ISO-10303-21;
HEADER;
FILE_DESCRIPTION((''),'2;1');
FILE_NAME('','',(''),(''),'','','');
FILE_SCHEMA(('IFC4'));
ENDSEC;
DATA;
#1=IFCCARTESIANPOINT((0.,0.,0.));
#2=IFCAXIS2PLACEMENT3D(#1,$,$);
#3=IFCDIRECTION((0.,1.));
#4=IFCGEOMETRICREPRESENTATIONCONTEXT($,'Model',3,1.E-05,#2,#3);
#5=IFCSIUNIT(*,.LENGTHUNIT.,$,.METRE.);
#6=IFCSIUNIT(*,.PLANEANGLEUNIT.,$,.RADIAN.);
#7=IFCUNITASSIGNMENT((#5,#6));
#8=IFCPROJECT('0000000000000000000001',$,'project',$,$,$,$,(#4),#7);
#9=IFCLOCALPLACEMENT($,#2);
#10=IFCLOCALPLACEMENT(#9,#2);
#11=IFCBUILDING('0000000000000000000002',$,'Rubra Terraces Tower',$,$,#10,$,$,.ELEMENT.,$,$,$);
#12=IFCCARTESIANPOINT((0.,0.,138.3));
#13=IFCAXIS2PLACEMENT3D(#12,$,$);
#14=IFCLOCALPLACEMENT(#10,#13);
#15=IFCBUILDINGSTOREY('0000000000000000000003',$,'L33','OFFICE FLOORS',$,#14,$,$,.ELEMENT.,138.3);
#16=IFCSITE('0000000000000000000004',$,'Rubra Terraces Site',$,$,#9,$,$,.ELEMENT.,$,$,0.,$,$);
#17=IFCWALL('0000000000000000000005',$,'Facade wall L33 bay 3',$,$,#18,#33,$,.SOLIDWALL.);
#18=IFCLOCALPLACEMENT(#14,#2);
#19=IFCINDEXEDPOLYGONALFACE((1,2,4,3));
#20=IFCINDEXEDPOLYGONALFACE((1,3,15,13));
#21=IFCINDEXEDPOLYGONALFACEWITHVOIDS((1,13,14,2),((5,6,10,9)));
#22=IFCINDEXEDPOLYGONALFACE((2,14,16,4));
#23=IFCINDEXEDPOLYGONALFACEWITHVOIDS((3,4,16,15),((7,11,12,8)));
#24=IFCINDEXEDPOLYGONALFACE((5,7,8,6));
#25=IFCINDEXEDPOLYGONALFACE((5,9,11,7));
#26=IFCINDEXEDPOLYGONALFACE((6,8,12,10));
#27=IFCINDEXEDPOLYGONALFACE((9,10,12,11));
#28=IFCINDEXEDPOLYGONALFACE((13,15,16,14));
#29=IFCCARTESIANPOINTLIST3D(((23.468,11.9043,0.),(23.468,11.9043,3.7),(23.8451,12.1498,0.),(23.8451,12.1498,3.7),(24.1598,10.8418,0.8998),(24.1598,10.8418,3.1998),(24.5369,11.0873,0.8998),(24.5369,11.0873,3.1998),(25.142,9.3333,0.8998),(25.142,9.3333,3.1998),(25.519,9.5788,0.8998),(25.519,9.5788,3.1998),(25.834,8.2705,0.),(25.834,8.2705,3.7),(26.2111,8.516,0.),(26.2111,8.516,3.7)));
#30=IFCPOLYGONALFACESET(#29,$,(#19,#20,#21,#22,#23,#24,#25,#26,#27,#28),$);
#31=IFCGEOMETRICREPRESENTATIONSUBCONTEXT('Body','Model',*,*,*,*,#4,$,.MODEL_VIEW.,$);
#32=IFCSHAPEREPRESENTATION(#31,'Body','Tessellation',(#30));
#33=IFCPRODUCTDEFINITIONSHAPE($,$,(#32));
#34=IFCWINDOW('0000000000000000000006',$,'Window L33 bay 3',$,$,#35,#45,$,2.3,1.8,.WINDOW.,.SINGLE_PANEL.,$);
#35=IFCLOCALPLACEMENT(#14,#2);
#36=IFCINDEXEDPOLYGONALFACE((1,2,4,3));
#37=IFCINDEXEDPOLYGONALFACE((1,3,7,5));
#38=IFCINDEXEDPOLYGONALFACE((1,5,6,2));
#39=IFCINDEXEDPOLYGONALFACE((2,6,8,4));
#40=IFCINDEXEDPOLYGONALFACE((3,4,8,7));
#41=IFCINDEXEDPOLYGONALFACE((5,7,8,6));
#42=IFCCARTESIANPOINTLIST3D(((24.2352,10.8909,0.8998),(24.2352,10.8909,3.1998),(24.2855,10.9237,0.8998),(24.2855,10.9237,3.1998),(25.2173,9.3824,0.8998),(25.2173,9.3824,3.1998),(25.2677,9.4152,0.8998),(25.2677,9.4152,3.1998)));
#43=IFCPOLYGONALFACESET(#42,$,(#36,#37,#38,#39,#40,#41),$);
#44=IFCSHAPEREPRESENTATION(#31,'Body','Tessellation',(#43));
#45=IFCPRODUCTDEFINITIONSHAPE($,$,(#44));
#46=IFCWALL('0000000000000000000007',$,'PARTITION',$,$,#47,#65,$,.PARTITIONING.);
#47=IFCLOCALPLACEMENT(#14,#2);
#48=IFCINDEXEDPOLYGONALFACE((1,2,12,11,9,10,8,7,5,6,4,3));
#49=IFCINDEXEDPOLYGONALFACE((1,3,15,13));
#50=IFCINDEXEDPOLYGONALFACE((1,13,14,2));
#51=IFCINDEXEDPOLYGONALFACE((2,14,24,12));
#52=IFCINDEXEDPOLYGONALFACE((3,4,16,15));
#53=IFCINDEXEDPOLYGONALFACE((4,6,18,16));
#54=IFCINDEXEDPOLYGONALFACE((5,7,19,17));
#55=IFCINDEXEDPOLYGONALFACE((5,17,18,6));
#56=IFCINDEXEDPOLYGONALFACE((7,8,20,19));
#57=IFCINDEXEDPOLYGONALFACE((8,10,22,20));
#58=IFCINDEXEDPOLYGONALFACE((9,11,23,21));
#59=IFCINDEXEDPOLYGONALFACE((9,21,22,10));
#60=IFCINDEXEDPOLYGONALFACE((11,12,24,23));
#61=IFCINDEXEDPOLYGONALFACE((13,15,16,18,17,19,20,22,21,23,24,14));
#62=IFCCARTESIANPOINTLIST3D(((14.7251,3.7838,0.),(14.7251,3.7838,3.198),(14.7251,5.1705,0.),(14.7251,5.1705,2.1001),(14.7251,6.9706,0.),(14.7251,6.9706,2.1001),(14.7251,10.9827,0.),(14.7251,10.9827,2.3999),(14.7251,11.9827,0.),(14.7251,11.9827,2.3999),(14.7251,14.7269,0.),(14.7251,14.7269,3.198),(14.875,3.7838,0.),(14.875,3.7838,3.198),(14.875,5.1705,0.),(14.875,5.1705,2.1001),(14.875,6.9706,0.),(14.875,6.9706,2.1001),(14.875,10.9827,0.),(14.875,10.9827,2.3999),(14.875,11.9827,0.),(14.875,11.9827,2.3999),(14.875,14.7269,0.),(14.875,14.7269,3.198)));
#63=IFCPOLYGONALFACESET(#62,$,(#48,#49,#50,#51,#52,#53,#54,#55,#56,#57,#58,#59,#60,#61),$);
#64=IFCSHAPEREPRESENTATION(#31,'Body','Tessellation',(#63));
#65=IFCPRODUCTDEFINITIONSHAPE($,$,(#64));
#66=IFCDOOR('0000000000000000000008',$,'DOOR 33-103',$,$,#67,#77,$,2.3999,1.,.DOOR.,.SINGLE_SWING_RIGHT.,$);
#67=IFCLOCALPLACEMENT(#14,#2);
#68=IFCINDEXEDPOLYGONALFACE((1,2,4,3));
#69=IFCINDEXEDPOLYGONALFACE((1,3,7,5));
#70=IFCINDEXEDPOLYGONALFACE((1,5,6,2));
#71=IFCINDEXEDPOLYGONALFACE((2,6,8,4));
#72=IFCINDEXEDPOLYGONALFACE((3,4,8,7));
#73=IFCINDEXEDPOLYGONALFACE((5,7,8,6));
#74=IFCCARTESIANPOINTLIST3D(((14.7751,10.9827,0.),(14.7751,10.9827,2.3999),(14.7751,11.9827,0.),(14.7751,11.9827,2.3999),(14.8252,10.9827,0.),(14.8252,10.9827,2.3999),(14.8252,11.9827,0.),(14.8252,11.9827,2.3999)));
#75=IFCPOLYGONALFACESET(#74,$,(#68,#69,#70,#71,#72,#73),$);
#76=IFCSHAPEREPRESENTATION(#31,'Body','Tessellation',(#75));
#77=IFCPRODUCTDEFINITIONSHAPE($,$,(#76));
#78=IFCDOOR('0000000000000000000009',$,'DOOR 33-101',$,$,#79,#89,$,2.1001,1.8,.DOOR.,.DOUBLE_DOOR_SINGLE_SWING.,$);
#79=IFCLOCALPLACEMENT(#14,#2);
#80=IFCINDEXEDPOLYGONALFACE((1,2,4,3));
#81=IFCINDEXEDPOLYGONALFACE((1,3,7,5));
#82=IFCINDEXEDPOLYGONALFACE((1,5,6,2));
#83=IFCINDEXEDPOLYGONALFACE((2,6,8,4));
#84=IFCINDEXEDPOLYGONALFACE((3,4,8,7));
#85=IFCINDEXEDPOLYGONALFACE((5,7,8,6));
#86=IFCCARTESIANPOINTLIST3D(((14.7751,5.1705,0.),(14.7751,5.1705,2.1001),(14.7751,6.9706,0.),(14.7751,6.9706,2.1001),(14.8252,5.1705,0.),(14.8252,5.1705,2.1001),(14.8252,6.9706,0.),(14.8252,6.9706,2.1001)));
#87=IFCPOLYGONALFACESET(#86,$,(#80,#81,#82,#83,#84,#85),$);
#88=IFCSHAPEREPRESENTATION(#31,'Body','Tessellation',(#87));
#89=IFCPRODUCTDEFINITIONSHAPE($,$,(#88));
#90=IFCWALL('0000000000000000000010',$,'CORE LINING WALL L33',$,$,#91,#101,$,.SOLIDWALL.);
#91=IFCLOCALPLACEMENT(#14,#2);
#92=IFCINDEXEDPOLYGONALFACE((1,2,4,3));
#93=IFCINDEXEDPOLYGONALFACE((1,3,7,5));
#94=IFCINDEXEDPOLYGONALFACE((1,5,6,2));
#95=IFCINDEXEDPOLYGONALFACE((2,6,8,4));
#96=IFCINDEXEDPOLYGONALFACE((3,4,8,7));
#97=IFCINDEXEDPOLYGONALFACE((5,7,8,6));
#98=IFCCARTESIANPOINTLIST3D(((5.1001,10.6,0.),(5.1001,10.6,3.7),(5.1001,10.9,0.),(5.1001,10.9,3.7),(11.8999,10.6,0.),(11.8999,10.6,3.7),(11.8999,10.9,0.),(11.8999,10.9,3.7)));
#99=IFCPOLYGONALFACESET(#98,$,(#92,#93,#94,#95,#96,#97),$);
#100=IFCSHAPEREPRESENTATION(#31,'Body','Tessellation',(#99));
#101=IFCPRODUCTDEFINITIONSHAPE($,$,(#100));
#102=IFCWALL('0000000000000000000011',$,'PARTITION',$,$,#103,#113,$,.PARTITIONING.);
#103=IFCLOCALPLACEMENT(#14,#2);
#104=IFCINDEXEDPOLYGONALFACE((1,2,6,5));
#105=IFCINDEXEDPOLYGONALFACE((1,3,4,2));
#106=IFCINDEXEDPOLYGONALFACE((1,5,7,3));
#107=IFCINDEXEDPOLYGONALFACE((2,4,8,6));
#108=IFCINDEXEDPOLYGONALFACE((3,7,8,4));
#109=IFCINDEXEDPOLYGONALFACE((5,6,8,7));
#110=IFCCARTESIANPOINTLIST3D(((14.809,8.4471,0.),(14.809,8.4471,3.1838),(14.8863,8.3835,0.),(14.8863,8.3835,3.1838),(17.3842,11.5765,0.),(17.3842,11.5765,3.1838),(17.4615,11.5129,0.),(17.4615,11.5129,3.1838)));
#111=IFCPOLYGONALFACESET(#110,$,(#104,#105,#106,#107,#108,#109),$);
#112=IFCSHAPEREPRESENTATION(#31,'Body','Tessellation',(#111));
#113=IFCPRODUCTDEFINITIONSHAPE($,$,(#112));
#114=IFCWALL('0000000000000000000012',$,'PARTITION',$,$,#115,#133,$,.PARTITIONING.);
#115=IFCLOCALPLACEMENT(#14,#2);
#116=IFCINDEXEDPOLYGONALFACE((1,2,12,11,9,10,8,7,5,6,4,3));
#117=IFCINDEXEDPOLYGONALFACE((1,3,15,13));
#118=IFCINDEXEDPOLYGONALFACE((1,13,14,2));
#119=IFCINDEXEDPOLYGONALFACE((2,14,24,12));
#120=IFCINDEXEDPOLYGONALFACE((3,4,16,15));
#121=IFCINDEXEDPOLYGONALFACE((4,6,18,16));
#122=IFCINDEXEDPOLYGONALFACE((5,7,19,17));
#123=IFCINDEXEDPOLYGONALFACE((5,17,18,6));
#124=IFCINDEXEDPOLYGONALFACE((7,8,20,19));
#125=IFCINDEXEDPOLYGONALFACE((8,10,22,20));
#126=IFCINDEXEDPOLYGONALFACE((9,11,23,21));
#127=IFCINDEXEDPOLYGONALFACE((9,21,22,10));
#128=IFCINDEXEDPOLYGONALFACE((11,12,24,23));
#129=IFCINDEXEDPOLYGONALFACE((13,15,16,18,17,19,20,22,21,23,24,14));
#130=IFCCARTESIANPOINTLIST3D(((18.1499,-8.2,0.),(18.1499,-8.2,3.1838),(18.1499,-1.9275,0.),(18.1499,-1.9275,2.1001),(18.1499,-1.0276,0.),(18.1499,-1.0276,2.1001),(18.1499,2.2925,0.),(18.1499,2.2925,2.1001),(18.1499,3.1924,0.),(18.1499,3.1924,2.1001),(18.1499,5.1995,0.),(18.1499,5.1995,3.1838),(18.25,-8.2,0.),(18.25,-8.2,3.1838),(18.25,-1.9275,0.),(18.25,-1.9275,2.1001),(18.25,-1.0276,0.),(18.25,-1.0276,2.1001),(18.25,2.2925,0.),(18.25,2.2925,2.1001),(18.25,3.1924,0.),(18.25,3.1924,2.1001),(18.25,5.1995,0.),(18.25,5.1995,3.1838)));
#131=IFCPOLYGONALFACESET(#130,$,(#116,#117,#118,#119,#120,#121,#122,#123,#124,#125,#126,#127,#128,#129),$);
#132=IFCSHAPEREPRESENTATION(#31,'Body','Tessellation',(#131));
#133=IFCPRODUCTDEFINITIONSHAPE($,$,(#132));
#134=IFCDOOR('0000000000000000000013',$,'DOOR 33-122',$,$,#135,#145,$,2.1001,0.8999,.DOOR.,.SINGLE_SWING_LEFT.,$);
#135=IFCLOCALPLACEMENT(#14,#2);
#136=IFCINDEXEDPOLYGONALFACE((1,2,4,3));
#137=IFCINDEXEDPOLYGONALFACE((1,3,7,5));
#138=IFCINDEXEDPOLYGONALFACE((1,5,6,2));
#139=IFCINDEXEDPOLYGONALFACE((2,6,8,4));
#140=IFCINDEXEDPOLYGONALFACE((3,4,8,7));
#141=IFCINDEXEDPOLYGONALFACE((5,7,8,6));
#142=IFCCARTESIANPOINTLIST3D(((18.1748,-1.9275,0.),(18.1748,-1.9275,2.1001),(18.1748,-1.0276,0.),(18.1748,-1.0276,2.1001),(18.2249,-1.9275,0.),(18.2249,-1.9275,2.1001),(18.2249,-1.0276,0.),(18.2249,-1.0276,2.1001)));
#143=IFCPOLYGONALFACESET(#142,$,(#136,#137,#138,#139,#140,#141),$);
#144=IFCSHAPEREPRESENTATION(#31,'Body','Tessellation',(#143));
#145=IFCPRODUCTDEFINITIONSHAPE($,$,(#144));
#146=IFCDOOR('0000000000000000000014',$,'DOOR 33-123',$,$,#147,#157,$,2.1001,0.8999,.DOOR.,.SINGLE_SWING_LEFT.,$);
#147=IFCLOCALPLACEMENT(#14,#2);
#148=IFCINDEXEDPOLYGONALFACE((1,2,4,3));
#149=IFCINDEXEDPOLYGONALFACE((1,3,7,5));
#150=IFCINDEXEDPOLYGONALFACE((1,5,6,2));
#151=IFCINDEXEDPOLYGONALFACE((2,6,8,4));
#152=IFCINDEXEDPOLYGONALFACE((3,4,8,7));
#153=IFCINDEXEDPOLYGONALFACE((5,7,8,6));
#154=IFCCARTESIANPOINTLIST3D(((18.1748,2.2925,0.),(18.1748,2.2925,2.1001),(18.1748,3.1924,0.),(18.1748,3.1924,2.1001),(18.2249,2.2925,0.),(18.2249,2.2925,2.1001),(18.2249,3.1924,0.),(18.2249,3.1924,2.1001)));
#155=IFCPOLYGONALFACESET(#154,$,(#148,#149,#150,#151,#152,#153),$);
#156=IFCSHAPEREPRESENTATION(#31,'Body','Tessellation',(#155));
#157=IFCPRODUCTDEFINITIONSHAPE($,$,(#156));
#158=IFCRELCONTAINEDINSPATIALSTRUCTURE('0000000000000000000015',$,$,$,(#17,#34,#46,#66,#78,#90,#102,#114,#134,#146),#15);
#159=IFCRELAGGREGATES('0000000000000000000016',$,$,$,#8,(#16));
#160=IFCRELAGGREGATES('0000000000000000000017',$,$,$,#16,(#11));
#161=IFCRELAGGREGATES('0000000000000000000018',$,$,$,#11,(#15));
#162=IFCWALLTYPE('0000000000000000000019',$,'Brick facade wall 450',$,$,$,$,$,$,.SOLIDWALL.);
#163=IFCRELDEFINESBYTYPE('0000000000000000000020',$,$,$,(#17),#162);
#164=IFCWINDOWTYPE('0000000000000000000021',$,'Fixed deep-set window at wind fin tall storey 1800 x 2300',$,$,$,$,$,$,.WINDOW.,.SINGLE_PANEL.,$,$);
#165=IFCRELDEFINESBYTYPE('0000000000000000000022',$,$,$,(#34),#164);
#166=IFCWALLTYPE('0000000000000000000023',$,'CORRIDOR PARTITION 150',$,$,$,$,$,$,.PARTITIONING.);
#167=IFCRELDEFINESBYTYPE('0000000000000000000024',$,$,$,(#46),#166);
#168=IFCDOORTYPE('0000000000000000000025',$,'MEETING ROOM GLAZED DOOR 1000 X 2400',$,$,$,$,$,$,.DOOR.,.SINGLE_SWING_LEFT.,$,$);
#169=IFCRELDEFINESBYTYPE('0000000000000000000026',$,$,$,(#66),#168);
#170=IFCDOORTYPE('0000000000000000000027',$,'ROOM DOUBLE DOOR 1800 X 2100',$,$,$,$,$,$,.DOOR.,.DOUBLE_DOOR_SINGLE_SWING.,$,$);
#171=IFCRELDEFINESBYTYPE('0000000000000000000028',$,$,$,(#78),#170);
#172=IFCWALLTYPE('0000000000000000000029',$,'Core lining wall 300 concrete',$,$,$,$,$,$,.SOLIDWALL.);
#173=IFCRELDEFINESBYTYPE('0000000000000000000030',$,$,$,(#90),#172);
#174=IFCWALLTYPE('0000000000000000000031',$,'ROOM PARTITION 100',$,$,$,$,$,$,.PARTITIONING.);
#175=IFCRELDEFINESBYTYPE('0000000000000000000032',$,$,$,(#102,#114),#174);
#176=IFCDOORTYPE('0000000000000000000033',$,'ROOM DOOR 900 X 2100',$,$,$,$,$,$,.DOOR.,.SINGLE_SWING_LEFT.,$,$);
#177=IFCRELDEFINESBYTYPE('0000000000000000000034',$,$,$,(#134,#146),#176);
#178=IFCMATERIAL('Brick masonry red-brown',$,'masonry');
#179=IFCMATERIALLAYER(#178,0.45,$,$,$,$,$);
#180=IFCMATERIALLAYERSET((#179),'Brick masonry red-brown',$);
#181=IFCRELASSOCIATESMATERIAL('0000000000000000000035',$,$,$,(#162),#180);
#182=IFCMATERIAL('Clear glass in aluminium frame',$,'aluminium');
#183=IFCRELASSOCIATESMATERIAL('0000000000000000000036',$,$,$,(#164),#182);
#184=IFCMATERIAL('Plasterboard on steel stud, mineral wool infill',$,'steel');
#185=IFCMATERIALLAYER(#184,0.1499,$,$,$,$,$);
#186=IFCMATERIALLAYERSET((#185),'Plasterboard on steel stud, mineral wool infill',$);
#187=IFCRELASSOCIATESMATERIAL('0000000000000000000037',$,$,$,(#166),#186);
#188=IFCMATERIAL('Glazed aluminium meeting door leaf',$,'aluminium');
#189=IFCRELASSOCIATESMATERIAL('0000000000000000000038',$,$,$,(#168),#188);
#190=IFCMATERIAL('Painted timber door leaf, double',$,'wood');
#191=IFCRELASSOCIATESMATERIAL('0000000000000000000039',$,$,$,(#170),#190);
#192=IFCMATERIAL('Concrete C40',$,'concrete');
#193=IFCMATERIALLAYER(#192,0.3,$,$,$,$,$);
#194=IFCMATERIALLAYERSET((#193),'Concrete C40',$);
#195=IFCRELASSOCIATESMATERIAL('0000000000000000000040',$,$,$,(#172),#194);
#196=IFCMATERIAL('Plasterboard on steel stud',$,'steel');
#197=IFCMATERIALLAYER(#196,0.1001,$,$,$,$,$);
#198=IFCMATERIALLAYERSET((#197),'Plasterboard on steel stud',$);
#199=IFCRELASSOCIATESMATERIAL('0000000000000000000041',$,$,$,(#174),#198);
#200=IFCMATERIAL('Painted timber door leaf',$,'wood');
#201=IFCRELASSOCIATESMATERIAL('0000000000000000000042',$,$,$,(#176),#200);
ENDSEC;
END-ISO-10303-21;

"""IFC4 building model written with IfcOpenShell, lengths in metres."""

from ifc_helpers import new_model, si_unit, direction, frame, frame_2d, origin, place, context, subcontext, project, spatial, rectangle, extrude, material, layer, layer_set, type_object, element, fill, save


model = new_model("IFC4")

# Units and contexts
model_context = context("Model", 3, precision=1e-05, world=origin(), true_north=direction((0.0, 1.0)))
body_context = subcontext(model_context, "Body", "Model", "MODEL_VIEW")
ifc_project = project(units=[si_unit("LENGTHUNIT", "METRE"), si_unit("PLANEANGLEUNIT", "RADIAN")], contexts=[model_context])

# Site, building, storey
site_placement = place(None, origin())
site = spatial("IfcSite", under=ifc_project, at=site_placement, Name="Rubra Terraces Site", CompositionType="ELEMENT", RefElevation=0.0)
building_placement = place(site_placement, origin())
building = spatial("IfcBuilding", under=site, at=building_placement, Name="Rubra Terraces Tower", CompositionType="ELEMENT")
storey_placement = place(building_placement, frame((0.0, 0.0, 138.3)))
storey = spatial("IfcBuildingStorey", under=building, at=storey_placement, Name="L33", Description="OFFICE FLOORS", CompositionType="ELEMENT", Elevation=138.3)

# Wall, opening, window
ifc_material_1 = material(Name="Brick masonry red-brown", Category="masonry")
ifc_layer_1 = layer(ifc_material_1, 0.45)
ifc_layer_set_1 = layer_set([ifc_layer_1], Name="Brick masonry red-brown")
wall_type_1 = type_object("IfcWallType", Name="Brick facade wall 450", PredefinedType="SOLIDWALL", material=ifc_layer_set_1)
ifc_material_2 = material(Name="Clear glass in aluminium frame", Category="aluminium")
wall_1_placement = place(storey_placement, frame((26.0225, 8.3933, 0.0), z_axis=(0.0, 0.0, 1.0), x_axis=(-0.545637, 0.838021, 0.0)))
wall_1 = element("IfcWall", 1, at=wall_1_placement, inside=storey, type_object=wall_type_1, Name="Facade wall L33 bay 3", PredefinedType="SOLIDWALL", context=body_context, shape_type="SweptSolid", body=[
    extrude(rectangle(XDim=4.3362, YDim=0.45, at=frame_2d((2.168, 0.0))), origin(), (0.0, 0.0, 1.0), 3.7),
])
opening_1_placement = place(wall_1_placement, frame((1.2683, 0.0, 0.8999)))
opening_1 = element("IfcOpeningElement", 2, at=opening_1_placement, cuts=wall_1, PredefinedType="OPENING", context=body_context, shape_type="SweptSolid", body=[
    extrude(rectangle(XDim=1.8, YDim=2.3, at=frame_2d((0.8999, 1.1499))), frame((0.0, 0.2349, 0.0), z_axis=(0.0, -1.0, 0.0), x_axis=(1.0, 0.0, 0.0)), (0.0, 0.0, 1.0), 0.47),
])
window_type_1 = type_object("IfcWindowType", Name="Fixed deep-set window at wind fin tall storey 1800 x 2300", PartitioningType="SINGLE_PANEL", PredefinedType="WINDOW", material=ifc_material_2)
window_1_placement = place(opening_1_placement, origin())
window_1 = element("IfcWindow", 3, at=window_1_placement, inside=storey, type_object=window_type_1, Name="Window L33 bay 3", OverallHeight=2.3, OverallWidth=1.8, PartitioningType="SINGLE_PANEL", PredefinedType="WINDOW", context=body_context, shape_type="SweptSolid", body=[
    extrude(rectangle(XDim=1.8, YDim=2.3, at=frame_2d((0.8999, 1.1499))), frame((0.0, 0.135, 0.0), z_axis=(0.0, -1.0, 0.0), x_axis=(1.0, 0.0, 0.0)), (0.0, 0.0, 1.0), 0.0601),
])
fill(opening_1, window_1)

# Wall, openings, doors
ifc_material_3 = material(Name="Plasterboard on steel stud, mineral wool infill", Category="steel")
ifc_layer_2 = layer(ifc_material_3, 0.1499)
ifc_layer_set_2 = layer_set([ifc_layer_2], Name="Plasterboard on steel stud, mineral wool infill")
wall_type_2 = type_object("IfcWallType", Name="CORRIDOR PARTITION 150", PredefinedType="PARTITIONING", material=ifc_layer_set_2)
wall_2_placement = place(storey_placement, frame((14.8, 3.7837, 0.0), z_axis=(0.0, 0.0, 1.0), x_axis=(0.0, 1.0, 0.0)))
wall_2 = element("IfcWall", 4, at=wall_2_placement, inside=storey, type_object=wall_type_2, Name="PARTITION", PredefinedType="PARTITIONING", context=body_context, shape_type="SweptSolid", body=[
    extrude(rectangle(XDim=10.9431, YDim=0.1499, at=frame_2d((5.4717, 0.0))), origin(), (0.0, 0.0, 1.0), 3.198),
])
opening_2_placement = place(wall_2_placement, frame((1.387, 0.0, 0.0)))
opening_2 = element("IfcOpeningElement", 5, at=opening_2_placement, cuts=wall_2, PredefinedType="OPENING", context=body_context, shape_type="SweptSolid", body=[
    extrude(rectangle(XDim=1.8, YDim=2.1001, at=frame_2d((0.8999, 1.05))), frame((0.0, 0.085, 0.0), z_axis=(0.0, -1.0, 0.0), x_axis=(1.0, 0.0, 0.0)), (0.0, 0.0, 1.0), 0.1699),
])
opening_3_placement = place(wall_2_placement, frame((7.199, 0.0, 0.0)))
opening_3 = element("IfcOpeningElement", 6, at=opening_3_placement, cuts=wall_2, PredefinedType="OPENING", context=body_context, shape_type="SweptSolid", body=[
    extrude(rectangle(XDim=1.0, YDim=2.3999, at=frame_2d((0.5, 1.2))), frame((0.0, 0.085, 0.0), z_axis=(0.0, -1.0, 0.0), x_axis=(1.0, 0.0, 0.0)), (0.0, 0.0, 1.0), 0.1699),
])
ifc_material_4 = material(Name="Glazed aluminium meeting door leaf", Category="aluminium")
door_type_1 = type_object("IfcDoorType", Name="MEETING ROOM GLAZED DOOR 1000 X 2400", OperationType="SINGLE_SWING_LEFT", PredefinedType="DOOR", material=ifc_material_4)
door_1_placement = place(opening_3_placement, origin())
door_1 = element("IfcDoor", 7, at=door_1_placement, inside=storey, type_object=door_type_1, Name="DOOR 33-103", OperationType="SINGLE_SWING_RIGHT", OverallHeight=2.3999, OverallWidth=1.0, PredefinedType="DOOR", context=body_context, shape_type="SweptSolid", body=[
    extrude(rectangle(XDim=1.0, YDim=2.3999, at=frame_2d((0.5, 1.2))), frame((0.0, 0.0249, 0.0), z_axis=(0.0, -1.0, 0.0), x_axis=(1.0, 0.0, 0.0)), (0.0, 0.0, 1.0), 0.05),
])
fill(opening_3, door_1)
ifc_material_5 = material(Name="Painted timber door leaf, double", Category="wood")
door_type_2 = type_object("IfcDoorType", Name="ROOM DOUBLE DOOR 1800 X 2100", OperationType="DOUBLE_DOOR_SINGLE_SWING", PredefinedType="DOOR", material=ifc_material_5)
door_2_placement = place(opening_2_placement, origin())
door_2 = element("IfcDoor", 8, at=door_2_placement, inside=storey, type_object=door_type_2, Name="DOOR 33-101", OperationType="DOUBLE_DOOR_SINGLE_SWING", OverallHeight=2.1001, OverallWidth=1.8, PredefinedType="DOOR", context=body_context, shape_type="SweptSolid", body=[
    extrude(rectangle(XDim=1.8, YDim=2.1001, at=frame_2d((0.8999, 1.05))), frame((0.0, 0.0249, 0.0), z_axis=(0.0, -1.0, 0.0), x_axis=(1.0, 0.0, 0.0)), (0.0, 0.0, 1.0), 0.05),
])
fill(opening_2, door_2)

# Walls
ifc_material_6 = material(Name="Concrete C40", Category="concrete")
ifc_layer_3 = layer(ifc_material_6, 0.3)
ifc_layer_set_3 = layer_set([ifc_layer_3], Name="Concrete C40")
wall_type_3 = type_object("IfcWallType", Name="Core lining wall 300 concrete", PredefinedType="SOLIDWALL", material=ifc_layer_set_3)
wall_3_placement = place(storey_placement, frame((11.8999, 10.75, 0.0), z_axis=(0.0, 0.0, 1.0), x_axis=(-1.0, 0.0, 0.0)))
element("IfcWall", 9, at=wall_3_placement, inside=storey, type_object=wall_type_3, Name="CORE LINING WALL L33", PredefinedType="SOLIDWALL", context=body_context, shape_type="SweptSolid", body=[
    extrude(rectangle(XDim=6.7998, YDim=0.3, at=frame_2d((3.3999, 0.0))), origin(), (0.0, 0.0, 1.0), 3.7),
])
ifc_material_7 = material(Name="Plasterboard on steel stud", Category="steel")
ifc_layer_4 = layer(ifc_material_7, 0.1001)
ifc_layer_set_4 = layer_set([ifc_layer_4], Name="Plasterboard on steel stud")
wall_type_4 = type_object("IfcWallType", Name="ROOM PARTITION 100", PredefinedType="PARTITIONING", material=ifc_layer_set_4)
wall_4_placement = place(storey_placement, frame((14.8477, 8.4153, 0.0), z_axis=(0.0, 0.0, 1.0), x_axis=(0.63542, 0.772167, 0.0)))
element("IfcWall", 10, at=wall_4_placement, inside=storey, type_object=wall_type_4, Name="PARTITION", PredefinedType="PARTITIONING", context=body_context, shape_type="SweptSolid", body=[
    extrude(rectangle(XDim=4.0527, YDim=0.1001, at=frame_2d((2.0264, 0.0))), origin(), (0.0, 0.0, 1.0), 3.1838),
])

# Wall, openings, doors
wall_5_placement = place(storey_placement, frame((18.2, 5.1995, 0.0), z_axis=(0.0, 0.0, 1.0), x_axis=(0.0, -1.0, 0.0)))
wall_5 = element("IfcWall", 11, at=wall_5_placement, inside=storey, type_object=wall_type_4, Name="PARTITION", PredefinedType="PARTITIONING", context=body_context, shape_type="SweptSolid", body=[
    extrude(rectangle(XDim=13.3994, YDim=0.1001, at=frame_2d((6.6997, 0.0))), origin(), (0.0, 0.0, 1.0), 3.1838),
])
opening_4_placement = place(wall_5_placement, frame((6.2271, 0.0, 0.0)))
opening_4 = element("IfcOpeningElement", 12, at=opening_4_placement, cuts=wall_5, PredefinedType="OPENING", context=body_context, shape_type="SweptSolid", body=[
    extrude(rectangle(XDim=0.8999, YDim=2.1001, at=frame_2d((0.45, 1.05))), frame((0.0, 0.0601, 0.0), z_axis=(0.0, -1.0, 0.0), x_axis=(1.0, 0.0, 0.0)), (0.0, 0.0, 1.0), 0.1201),
])
opening_5_placement = place(wall_5_placement, frame((2.0071, 0.0, 0.0)))
opening_5 = element("IfcOpeningElement", 13, at=opening_5_placement, cuts=wall_5, PredefinedType="OPENING", context=body_context, shape_type="SweptSolid", body=[
    extrude(rectangle(XDim=0.8999, YDim=2.1001, at=frame_2d((0.45, 1.05))), frame((0.0, 0.0601, 0.0), z_axis=(0.0, -1.0, 0.0), x_axis=(1.0, 0.0, 0.0)), (0.0, 0.0, 1.0), 0.1201),
])
ifc_material_8 = material(Name="Painted timber door leaf", Category="wood")
door_type_3 = type_object("IfcDoorType", Name="ROOM DOOR 900 X 2100", OperationType="SINGLE_SWING_LEFT", PredefinedType="DOOR", material=ifc_material_8)
door_3_placement = place(opening_4_placement, origin())
door_3 = element("IfcDoor", 14, at=door_3_placement, inside=storey, type_object=door_type_3, Name="DOOR 33-122", OperationType="SINGLE_SWING_LEFT", OverallHeight=2.1001, OverallWidth=0.8999, PredefinedType="DOOR", context=body_context, shape_type="SweptSolid", body=[
    extrude(rectangle(XDim=0.8999, YDim=2.1001, at=frame_2d((0.45, 1.05))), frame((0.0, 0.0249, 0.0), z_axis=(0.0, -1.0, 0.0), x_axis=(1.0, 0.0, 0.0)), (0.0, 0.0, 1.0), 0.05),
])
fill(opening_4, door_3)
door_4_placement = place(opening_5_placement, origin())
door_4 = element("IfcDoor", 15, at=door_4_placement, inside=storey, type_object=door_type_3, Name="DOOR 33-123", OperationType="SINGLE_SWING_LEFT", OverallHeight=2.1001, OverallWidth=0.8999, PredefinedType="DOOR", context=body_context, shape_type="SweptSolid", body=[
    extrude(rectangle(XDim=0.8999, YDim=2.1001, at=frame_2d((0.45, 1.05))), frame((0.0, 0.0249, 0.0), z_axis=(0.0, -1.0, 0.0), x_axis=(1.0, 0.0, 0.0)), (0.0, 0.0, 1.0), 0.05),
])
fill(opening_5, door_4)

save(model, "model.ifc")
